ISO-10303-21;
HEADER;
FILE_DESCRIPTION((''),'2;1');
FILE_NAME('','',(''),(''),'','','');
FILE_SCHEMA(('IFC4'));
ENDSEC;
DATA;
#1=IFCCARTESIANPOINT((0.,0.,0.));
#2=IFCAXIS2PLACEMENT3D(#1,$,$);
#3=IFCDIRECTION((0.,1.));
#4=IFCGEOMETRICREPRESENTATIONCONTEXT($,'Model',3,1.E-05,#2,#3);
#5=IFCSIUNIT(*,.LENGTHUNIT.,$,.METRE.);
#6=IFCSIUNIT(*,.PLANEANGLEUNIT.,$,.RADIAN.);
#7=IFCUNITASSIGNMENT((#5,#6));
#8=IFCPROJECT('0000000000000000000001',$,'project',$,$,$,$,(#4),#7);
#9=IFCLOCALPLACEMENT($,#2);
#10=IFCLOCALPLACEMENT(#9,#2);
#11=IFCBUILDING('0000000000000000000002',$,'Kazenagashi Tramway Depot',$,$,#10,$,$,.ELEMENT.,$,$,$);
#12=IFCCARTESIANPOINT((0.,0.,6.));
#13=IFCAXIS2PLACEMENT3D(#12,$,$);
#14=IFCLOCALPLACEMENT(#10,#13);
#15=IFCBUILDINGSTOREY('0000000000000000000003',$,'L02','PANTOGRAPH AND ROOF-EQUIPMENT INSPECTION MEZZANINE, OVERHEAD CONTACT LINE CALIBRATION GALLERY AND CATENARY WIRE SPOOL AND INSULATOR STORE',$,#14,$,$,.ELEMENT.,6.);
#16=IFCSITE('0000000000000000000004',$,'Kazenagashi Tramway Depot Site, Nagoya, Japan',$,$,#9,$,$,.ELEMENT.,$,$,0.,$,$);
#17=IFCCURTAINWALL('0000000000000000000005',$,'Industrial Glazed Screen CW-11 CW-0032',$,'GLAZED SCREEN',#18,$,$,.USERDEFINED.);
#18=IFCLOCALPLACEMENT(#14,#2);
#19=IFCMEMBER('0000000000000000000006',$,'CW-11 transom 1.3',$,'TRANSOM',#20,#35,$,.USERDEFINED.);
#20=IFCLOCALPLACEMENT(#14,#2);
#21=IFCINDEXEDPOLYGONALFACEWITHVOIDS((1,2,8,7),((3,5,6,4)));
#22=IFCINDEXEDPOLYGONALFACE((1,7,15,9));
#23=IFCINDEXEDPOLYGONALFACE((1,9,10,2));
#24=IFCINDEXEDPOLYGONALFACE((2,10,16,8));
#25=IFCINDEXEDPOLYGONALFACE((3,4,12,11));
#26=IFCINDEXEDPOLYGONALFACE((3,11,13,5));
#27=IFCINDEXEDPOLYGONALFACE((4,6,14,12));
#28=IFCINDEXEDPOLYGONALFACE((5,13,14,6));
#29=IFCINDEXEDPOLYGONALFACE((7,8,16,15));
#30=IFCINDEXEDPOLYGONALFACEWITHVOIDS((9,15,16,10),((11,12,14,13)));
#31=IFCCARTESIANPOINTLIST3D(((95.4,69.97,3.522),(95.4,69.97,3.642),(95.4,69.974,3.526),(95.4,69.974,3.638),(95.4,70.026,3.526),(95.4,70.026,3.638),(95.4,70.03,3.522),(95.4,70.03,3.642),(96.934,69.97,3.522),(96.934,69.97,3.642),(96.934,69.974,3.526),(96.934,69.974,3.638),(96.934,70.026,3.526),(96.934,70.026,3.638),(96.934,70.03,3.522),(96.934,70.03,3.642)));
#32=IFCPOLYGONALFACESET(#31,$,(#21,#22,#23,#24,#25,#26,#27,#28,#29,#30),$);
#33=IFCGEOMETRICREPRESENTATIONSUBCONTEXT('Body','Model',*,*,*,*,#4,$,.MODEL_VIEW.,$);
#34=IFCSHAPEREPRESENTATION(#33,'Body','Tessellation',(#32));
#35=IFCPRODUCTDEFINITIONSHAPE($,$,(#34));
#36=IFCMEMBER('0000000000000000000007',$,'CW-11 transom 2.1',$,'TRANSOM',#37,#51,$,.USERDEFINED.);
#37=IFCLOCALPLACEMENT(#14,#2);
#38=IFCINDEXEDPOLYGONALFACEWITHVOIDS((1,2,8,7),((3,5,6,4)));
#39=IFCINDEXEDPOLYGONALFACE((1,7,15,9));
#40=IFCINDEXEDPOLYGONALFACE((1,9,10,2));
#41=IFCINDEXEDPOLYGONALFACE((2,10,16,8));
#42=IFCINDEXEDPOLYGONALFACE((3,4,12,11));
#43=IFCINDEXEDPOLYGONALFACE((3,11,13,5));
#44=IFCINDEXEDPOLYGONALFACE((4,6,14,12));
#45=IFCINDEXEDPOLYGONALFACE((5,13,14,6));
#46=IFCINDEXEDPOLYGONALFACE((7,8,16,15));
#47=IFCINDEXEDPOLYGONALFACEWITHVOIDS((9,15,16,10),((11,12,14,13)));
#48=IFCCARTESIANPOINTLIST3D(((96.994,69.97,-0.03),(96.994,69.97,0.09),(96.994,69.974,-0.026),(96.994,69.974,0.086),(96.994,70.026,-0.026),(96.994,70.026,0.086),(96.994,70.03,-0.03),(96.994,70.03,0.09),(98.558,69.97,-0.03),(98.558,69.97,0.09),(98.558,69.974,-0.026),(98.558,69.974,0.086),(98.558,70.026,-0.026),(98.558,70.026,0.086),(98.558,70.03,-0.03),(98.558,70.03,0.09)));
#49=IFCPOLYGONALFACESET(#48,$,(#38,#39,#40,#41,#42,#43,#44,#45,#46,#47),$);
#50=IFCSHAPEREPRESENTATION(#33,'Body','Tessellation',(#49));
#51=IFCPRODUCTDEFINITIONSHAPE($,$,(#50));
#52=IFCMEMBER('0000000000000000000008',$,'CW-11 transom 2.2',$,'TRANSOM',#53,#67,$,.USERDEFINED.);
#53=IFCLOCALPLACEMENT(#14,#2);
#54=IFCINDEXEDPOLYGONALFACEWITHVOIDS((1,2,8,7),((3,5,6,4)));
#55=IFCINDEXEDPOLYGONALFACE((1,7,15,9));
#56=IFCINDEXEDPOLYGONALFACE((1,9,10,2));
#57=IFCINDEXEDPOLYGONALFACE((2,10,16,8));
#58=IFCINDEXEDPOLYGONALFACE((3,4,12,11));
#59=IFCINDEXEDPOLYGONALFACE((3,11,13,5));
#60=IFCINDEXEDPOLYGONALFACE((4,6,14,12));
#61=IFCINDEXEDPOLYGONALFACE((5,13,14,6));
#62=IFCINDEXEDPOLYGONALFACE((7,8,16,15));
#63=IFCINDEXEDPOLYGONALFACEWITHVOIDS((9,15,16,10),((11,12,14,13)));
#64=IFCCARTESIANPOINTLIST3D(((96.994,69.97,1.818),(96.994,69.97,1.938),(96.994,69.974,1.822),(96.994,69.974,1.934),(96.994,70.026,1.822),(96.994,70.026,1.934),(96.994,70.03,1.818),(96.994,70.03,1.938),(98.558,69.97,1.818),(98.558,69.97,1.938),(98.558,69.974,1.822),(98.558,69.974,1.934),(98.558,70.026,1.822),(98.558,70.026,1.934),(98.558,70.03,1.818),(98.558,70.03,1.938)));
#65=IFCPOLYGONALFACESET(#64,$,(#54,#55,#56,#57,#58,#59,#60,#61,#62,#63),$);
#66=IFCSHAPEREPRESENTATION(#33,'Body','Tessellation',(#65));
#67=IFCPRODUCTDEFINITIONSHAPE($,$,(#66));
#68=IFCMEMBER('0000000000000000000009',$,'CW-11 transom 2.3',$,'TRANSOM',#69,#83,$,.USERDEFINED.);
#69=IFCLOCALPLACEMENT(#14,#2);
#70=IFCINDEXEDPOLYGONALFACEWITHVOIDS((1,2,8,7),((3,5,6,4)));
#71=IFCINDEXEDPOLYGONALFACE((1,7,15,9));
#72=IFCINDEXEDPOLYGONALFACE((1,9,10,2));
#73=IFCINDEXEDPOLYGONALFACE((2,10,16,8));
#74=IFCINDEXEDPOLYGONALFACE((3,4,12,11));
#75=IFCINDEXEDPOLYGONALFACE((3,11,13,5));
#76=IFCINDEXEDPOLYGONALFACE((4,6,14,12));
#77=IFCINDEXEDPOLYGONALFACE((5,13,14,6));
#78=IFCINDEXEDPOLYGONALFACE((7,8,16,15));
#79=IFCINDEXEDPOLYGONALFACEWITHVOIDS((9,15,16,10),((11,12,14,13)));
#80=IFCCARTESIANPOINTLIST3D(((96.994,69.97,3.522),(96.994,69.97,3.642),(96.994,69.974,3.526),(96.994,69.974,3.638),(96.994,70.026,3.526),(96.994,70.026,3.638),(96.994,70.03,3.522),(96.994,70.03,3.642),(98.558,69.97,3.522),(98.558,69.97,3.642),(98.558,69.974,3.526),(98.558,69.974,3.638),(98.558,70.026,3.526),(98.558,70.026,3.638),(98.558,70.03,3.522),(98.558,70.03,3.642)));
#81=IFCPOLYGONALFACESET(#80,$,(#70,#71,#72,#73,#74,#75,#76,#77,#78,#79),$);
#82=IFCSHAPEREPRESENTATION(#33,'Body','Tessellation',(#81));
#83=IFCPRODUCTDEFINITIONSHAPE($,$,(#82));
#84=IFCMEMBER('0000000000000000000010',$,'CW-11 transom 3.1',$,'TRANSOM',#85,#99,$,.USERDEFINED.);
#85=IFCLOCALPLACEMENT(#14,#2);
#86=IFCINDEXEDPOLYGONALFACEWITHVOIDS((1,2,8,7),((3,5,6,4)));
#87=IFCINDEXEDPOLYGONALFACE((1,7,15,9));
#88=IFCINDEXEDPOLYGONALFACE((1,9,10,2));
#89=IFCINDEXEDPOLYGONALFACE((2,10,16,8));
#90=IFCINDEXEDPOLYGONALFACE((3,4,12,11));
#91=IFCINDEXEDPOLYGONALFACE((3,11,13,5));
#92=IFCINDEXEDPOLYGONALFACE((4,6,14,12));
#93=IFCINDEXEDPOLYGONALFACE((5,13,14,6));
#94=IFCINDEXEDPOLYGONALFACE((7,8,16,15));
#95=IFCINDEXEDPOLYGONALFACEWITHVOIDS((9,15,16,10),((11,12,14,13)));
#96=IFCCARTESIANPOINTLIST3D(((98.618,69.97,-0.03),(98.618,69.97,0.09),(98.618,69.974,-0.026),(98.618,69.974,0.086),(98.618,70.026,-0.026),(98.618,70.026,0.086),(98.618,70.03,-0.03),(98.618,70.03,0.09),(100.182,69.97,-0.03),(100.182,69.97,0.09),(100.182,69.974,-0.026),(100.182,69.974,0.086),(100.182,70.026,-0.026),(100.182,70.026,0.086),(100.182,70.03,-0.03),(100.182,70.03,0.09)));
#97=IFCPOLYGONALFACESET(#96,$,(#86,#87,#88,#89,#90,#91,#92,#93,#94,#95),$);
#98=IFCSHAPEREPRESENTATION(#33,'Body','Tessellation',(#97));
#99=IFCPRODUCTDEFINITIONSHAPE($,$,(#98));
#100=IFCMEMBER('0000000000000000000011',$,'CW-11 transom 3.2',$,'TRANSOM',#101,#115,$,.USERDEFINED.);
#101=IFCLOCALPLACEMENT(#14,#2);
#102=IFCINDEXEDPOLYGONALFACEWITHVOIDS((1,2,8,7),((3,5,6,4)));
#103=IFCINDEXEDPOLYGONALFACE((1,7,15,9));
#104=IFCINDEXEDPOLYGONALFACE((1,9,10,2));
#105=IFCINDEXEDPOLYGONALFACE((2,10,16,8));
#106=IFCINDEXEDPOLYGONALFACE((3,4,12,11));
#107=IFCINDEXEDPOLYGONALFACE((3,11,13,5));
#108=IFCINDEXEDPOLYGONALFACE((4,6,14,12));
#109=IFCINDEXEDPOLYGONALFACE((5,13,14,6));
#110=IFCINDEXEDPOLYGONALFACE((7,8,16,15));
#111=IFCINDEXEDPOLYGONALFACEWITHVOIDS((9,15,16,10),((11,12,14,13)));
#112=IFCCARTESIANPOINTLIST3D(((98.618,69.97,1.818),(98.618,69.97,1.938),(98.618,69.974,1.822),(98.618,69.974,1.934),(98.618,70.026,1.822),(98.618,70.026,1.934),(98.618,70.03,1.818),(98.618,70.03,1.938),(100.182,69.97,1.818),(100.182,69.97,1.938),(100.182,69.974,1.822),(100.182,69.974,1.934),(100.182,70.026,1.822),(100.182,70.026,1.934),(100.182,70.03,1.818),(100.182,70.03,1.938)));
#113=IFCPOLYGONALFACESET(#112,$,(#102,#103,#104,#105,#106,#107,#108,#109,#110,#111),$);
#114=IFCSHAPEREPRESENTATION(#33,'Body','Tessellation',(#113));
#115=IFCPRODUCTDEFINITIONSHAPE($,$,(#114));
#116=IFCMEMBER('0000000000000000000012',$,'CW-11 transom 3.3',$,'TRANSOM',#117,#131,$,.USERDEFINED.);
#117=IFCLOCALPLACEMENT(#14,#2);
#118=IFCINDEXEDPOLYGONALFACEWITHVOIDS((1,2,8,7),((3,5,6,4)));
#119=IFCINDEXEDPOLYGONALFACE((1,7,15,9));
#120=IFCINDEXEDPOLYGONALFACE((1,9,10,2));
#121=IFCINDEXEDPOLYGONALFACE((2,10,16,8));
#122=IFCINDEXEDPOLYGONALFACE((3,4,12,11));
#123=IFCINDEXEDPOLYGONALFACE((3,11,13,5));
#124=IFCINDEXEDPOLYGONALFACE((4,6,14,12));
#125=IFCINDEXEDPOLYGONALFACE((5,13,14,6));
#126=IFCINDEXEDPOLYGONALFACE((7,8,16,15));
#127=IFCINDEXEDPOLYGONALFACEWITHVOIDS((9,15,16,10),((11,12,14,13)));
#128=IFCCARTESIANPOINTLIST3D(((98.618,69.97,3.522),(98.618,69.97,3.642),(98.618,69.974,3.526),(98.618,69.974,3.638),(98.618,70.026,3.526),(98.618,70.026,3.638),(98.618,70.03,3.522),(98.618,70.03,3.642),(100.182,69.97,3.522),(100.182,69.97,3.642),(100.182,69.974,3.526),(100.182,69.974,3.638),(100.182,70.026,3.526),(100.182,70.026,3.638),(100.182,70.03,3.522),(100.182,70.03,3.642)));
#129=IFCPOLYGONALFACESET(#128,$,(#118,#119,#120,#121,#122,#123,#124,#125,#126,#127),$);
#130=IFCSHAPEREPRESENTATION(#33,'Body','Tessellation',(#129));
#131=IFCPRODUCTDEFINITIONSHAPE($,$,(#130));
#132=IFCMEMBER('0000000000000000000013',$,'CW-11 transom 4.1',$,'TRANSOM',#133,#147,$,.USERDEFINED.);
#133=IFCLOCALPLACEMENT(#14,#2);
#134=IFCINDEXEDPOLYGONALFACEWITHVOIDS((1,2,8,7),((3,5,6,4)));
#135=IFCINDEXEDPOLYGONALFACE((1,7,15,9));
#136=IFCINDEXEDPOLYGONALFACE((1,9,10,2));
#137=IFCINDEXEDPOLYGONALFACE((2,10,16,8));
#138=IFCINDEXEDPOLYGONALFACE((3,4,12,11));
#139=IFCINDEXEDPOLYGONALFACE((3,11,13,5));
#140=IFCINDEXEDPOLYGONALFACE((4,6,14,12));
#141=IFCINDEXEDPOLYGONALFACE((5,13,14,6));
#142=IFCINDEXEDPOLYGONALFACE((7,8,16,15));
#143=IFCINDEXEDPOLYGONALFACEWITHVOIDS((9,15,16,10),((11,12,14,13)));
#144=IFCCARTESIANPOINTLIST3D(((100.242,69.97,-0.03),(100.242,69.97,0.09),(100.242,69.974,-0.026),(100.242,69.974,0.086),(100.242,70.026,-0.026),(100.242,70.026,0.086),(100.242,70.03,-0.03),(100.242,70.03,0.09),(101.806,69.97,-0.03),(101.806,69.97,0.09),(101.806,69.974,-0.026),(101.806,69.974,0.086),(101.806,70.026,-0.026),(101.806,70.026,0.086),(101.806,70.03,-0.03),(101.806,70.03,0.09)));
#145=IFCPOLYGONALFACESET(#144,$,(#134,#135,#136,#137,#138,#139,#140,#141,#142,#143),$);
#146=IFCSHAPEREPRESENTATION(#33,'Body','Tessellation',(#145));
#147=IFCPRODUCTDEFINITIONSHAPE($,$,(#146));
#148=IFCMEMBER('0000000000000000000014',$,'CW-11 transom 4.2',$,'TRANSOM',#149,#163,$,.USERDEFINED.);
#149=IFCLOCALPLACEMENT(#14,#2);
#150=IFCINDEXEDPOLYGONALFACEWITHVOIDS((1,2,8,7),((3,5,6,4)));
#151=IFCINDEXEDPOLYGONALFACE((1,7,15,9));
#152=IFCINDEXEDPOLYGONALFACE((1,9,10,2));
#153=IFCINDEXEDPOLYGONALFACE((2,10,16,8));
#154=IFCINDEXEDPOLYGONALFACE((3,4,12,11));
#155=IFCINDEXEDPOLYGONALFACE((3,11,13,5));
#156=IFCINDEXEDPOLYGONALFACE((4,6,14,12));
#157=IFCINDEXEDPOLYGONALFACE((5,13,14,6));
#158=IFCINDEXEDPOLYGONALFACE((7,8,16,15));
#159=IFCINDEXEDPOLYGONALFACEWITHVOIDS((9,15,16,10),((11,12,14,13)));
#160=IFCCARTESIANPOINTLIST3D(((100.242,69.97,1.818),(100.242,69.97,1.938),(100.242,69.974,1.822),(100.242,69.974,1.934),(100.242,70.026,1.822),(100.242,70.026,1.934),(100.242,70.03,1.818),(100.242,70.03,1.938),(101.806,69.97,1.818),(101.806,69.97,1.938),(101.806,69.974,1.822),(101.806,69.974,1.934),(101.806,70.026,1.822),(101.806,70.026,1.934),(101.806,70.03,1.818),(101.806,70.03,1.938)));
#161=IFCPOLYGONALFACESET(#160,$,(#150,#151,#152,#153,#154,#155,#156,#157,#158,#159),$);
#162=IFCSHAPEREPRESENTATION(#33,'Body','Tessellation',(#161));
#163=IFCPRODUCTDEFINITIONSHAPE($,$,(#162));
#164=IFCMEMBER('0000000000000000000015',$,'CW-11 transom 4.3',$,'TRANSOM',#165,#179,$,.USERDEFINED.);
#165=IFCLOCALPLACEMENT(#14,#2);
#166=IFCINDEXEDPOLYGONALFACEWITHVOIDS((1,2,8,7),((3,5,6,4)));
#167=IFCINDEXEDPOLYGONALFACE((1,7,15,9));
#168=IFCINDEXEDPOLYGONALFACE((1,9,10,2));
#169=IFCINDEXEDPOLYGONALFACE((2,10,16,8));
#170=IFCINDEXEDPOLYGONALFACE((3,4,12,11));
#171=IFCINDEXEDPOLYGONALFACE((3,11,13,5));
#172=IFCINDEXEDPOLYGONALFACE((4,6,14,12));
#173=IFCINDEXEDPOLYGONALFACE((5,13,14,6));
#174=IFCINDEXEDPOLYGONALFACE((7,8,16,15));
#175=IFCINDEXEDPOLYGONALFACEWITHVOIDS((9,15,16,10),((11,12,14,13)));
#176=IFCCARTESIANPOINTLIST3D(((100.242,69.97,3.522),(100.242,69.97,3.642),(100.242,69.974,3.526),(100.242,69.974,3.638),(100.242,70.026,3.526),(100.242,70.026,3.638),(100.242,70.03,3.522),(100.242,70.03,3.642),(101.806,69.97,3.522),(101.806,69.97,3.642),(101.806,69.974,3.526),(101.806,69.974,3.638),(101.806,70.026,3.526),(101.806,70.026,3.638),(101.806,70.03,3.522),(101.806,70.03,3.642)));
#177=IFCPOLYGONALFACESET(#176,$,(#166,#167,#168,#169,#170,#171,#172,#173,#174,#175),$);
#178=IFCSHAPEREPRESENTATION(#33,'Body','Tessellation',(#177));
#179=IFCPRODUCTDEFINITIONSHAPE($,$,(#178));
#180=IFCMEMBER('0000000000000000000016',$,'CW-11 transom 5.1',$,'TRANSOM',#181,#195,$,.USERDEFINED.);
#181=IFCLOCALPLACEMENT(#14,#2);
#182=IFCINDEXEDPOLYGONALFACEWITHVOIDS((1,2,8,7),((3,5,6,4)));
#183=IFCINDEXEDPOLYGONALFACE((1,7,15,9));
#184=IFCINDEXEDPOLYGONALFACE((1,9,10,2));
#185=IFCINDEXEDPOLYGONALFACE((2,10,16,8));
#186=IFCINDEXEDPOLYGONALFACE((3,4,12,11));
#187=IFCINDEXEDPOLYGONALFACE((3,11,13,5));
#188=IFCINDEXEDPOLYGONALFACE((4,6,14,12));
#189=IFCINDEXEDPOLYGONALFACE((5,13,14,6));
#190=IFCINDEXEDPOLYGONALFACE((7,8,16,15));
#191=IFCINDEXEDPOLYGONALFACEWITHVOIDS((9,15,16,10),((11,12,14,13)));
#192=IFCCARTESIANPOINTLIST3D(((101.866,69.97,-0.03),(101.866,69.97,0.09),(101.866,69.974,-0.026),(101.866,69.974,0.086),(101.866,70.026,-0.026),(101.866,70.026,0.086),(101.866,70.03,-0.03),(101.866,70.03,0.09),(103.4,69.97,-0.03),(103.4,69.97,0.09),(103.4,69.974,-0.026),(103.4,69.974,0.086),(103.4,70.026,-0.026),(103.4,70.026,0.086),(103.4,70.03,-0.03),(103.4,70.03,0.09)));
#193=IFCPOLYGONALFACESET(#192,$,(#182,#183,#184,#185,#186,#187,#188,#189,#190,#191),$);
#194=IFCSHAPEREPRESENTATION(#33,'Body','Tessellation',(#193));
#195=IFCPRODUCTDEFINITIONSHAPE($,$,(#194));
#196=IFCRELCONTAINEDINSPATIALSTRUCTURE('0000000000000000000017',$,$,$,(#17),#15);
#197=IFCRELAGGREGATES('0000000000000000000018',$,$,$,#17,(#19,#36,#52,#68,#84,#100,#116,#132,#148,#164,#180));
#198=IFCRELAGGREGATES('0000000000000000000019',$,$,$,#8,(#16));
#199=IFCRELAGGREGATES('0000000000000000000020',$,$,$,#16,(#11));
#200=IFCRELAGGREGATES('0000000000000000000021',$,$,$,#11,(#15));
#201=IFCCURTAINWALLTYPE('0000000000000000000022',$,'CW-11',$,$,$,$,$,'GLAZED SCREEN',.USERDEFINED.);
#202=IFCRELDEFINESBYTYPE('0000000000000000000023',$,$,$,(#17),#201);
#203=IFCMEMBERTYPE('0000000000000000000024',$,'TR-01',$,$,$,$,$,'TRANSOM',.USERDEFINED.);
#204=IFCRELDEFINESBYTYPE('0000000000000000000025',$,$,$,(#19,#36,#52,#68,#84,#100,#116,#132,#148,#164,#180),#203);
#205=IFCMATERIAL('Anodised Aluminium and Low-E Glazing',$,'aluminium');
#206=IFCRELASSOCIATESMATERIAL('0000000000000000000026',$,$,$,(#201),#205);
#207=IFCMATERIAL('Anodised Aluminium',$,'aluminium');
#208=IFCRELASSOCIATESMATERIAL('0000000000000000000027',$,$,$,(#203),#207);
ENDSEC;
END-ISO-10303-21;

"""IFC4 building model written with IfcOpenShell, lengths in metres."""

from ifc_helpers import new_model, si_unit, direction, frame, origin, origin_2d, place, context, subcontext, project, spatial, hollow_rectangle, extrude, material, material_profile, profile_set, type_object, element, aggregate, save


model = new_model("IFC4")

# Units and contexts
model_context = context("Model", 3, precision=1e-05, world=origin(), true_north=direction((0.0, 1.0)))
body_context = subcontext(model_context, "Body", "Model", "MODEL_VIEW")
ifc_project = project(units=[si_unit("LENGTHUNIT", "METRE"), si_unit("PLANEANGLEUNIT", "RADIAN")], contexts=[model_context])

# Site, building, storey
site_placement = place(None, origin())
site = spatial("IfcSite", under=ifc_project, at=site_placement, Name="Kazenagashi Tramway Depot Site, Nagoya, Japan", CompositionType="ELEMENT", RefElevation=0.0)
building_placement = place(site_placement, origin())
building = spatial("IfcBuilding", under=site, at=building_placement, Name="Kazenagashi Tramway Depot", CompositionType="ELEMENT")
storey_placement = place(building_placement, frame((0.0, 0.0, 6.0)))
storey = spatial("IfcBuildingStorey", under=building, at=storey_placement, Name="L02", Description="PANTOGRAPH AND ROOF-EQUIPMENT INSPECTION MEZZANINE, OVERHEAD CONTACT LINE CALIBRATION GALLERY AND CATENARY WIRE SPOOL AND INSULATOR STORE", CompositionType="ELEMENT", Elevation=6.0)

# Curtain wall
ifc_material_1 = material(Name="Anodised Aluminium and Low-E Glazing", Category="aluminium")
curtain_wall_type = type_object("IfcCurtainWallType", Name="CW-11", ElementType="GLAZED SCREEN", PredefinedType="USERDEFINED", material=ifc_material_1)
curtain_wall_placement = place(storey_placement, origin())
curtain_wall = element("IfcCurtainWall", 1, at=curtain_wall_placement, inside=storey, type_object=curtain_wall_type, Name="Industrial Glazed Screen CW-11 CW-0032", ObjectType="GLAZED SCREEN", PredefinedType="USERDEFINED")
ifc_material_2 = material(Name="Anodised Aluminium", Category="aluminium")

# Members
ifc_material_profile_1 = material_profile(ifc_material_2, hollow_rectangle(XDim=0.06, YDim=0.12, WallThickness=0.004, at=origin_2d()), Name="RHS-120x60x4")
ifc_profile_set_1 = profile_set([ifc_material_profile_1], Name="Anodised Aluminium")
member_type_1 = type_object("IfcMemberType", Name="TR-01", ElementType="TRANSOM", PredefinedType="USERDEFINED", material=ifc_profile_set_1)
member_1_placement = place(storey_placement, frame((95.4, 70.0, 3.582), z_axis=(1.0, 0.0, 0.0), x_axis=(0.0, 1.0, 0.0)))
member_1 = element("IfcMember", 2, at=member_1_placement, type_object=member_type_1, Name="CW-11 transom 1.3", ObjectType="TRANSOM", PredefinedType="USERDEFINED", context=body_context, shape_type="SweptSolid", body=[
    extrude(hollow_rectangle(XDim=0.06, YDim=0.12, WallThickness=0.004, at=origin_2d()), origin(), (0.0, 0.0, 1.0), 1.534),
])
member_2_placement = place(storey_placement, frame((96.994, 70.0, 0.03), z_axis=(1.0, 0.0, 0.0), x_axis=(0.0, 1.0, 0.0)))
member_2 = element("IfcMember", 3, at=member_2_placement, type_object=member_type_1, Name="CW-11 transom 2.1", ObjectType="TRANSOM", PredefinedType="USERDEFINED", context=body_context, shape_type="SweptSolid", body=[
    extrude(hollow_rectangle(XDim=0.06, YDim=0.12, WallThickness=0.004, at=origin_2d()), origin(), (0.0, 0.0, 1.0), 1.564),
])
member_3_placement = place(storey_placement, frame((96.994, 70.0, 1.878), z_axis=(1.0, 0.0, 0.0), x_axis=(0.0, 1.0, 0.0)))
member_3 = element("IfcMember", 4, at=member_3_placement, type_object=member_type_1, Name="CW-11 transom 2.2", ObjectType="TRANSOM", PredefinedType="USERDEFINED", context=body_context, shape_type="SweptSolid", body=[
    extrude(hollow_rectangle(XDim=0.06, YDim=0.12, WallThickness=0.004, at=origin_2d()), origin(), (0.0, 0.0, 1.0), 1.564),
])
member_4_placement = place(storey_placement, frame((96.994, 70.0, 3.582), z_axis=(1.0, 0.0, 0.0), x_axis=(0.0, 1.0, 0.0)))
member_4 = element("IfcMember", 5, at=member_4_placement, type_object=member_type_1, Name="CW-11 transom 2.3", ObjectType="TRANSOM", PredefinedType="USERDEFINED", context=body_context, shape_type="SweptSolid", body=[
    extrude(hollow_rectangle(XDim=0.06, YDim=0.12, WallThickness=0.004, at=origin_2d()), origin(), (0.0, 0.0, 1.0), 1.564),
])
member_5_placement = place(storey_placement, frame((98.618, 70.0, 0.03), z_axis=(1.0, 0.0, 0.0), x_axis=(0.0, 1.0, 0.0)))
member_5 = element("IfcMember", 6, at=member_5_placement, type_object=member_type_1, Name="CW-11 transom 3.1", ObjectType="TRANSOM", PredefinedType="USERDEFINED", context=body_context, shape_type="SweptSolid", body=[
    extrude(hollow_rectangle(XDim=0.06, YDim=0.12, WallThickness=0.004, at=origin_2d()), origin(), (0.0, 0.0, 1.0), 1.564),
])
member_6_placement = place(storey_placement, frame((98.618, 70.0, 1.878), z_axis=(1.0, 0.0, 0.0), x_axis=(0.0, 1.0, 0.0)))
member_6 = element("IfcMember", 7, at=member_6_placement, type_object=member_type_1, Name="CW-11 transom 3.2", ObjectType="TRANSOM", PredefinedType="USERDEFINED", context=body_context, shape_type="SweptSolid", body=[
    extrude(hollow_rectangle(XDim=0.06, YDim=0.12, WallThickness=0.004, at=origin_2d()), origin(), (0.0, 0.0, 1.0), 1.564),
])
member_7_placement = place(storey_placement, frame((98.618, 70.0, 3.582), z_axis=(1.0, 0.0, 0.0), x_axis=(0.0, 1.0, 0.0)))
member_7 = element("IfcMember", 8, at=member_7_placement, type_object=member_type_1, Name="CW-11 transom 3.3", ObjectType="TRANSOM", PredefinedType="USERDEFINED", context=body_context, shape_type="SweptSolid", body=[
    extrude(hollow_rectangle(XDim=0.06, YDim=0.12, WallThickness=0.004, at=origin_2d()), origin(), (0.0, 0.0, 1.0), 1.564),
])
member_8_placement = place(storey_placement, frame((100.242, 70.0, 0.03), z_axis=(1.0, 0.0, 0.0), x_axis=(0.0, 1.0, 0.0)))
member_8 = element("IfcMember", 9, at=member_8_placement, type_object=member_type_1, Name="CW-11 transom 4.1", ObjectType="TRANSOM", PredefinedType="USERDEFINED", context=body_context, shape_type="SweptSolid", body=[
    extrude(hollow_rectangle(XDim=0.06, YDim=0.12, WallThickness=0.004, at=origin_2d()), origin(), (0.0, 0.0, 1.0), 1.564),
])
member_9_placement = place(storey_placement, frame((100.242, 70.0, 1.878), z_axis=(1.0, 0.0, 0.0), x_axis=(0.0, 1.0, 0.0)))
member_9 = element("IfcMember", 10, at=member_9_placement, type_object=member_type_1, Name="CW-11 transom 4.2", ObjectType="TRANSOM", PredefinedType="USERDEFINED", context=body_context, shape_type="SweptSolid", body=[
    extrude(hollow_rectangle(XDim=0.06, YDim=0.12, WallThickness=0.004, at=origin_2d()), origin(), (0.0, 0.0, 1.0), 1.564),
])
member_10_placement = place(storey_placement, frame((100.242, 70.0, 3.582), z_axis=(1.0, 0.0, 0.0), x_axis=(0.0, 1.0, 0.0)))
member_10 = element("IfcMember", 11, at=member_10_placement, type_object=member_type_1, Name="CW-11 transom 4.3", ObjectType="TRANSOM", PredefinedType="USERDEFINED", context=body_context, shape_type="SweptSolid", body=[
    extrude(hollow_rectangle(XDim=0.06, YDim=0.12, WallThickness=0.004, at=origin_2d()), origin(), (0.0, 0.0, 1.0), 1.564),
])
member_11_placement = place(storey_placement, frame((101.866, 70.0, 0.03), z_axis=(1.0, 0.0, 0.0), x_axis=(0.0, 1.0, 0.0)))
member_11 = element("IfcMember", 12, at=member_11_placement, type_object=member_type_1, Name="CW-11 transom 5.1", ObjectType="TRANSOM", PredefinedType="USERDEFINED", context=body_context, shape_type="SweptSolid", body=[
    extrude(hollow_rectangle(XDim=0.06, YDim=0.12, WallThickness=0.004, at=origin_2d()), origin(), (0.0, 0.0, 1.0), 1.534),
])

aggregate(curtain_wall, [member_1, member_2, member_3, member_4, member_5, member_6, member_7, member_8, member_9, member_10, member_11])

save(model, "model.ifc")
